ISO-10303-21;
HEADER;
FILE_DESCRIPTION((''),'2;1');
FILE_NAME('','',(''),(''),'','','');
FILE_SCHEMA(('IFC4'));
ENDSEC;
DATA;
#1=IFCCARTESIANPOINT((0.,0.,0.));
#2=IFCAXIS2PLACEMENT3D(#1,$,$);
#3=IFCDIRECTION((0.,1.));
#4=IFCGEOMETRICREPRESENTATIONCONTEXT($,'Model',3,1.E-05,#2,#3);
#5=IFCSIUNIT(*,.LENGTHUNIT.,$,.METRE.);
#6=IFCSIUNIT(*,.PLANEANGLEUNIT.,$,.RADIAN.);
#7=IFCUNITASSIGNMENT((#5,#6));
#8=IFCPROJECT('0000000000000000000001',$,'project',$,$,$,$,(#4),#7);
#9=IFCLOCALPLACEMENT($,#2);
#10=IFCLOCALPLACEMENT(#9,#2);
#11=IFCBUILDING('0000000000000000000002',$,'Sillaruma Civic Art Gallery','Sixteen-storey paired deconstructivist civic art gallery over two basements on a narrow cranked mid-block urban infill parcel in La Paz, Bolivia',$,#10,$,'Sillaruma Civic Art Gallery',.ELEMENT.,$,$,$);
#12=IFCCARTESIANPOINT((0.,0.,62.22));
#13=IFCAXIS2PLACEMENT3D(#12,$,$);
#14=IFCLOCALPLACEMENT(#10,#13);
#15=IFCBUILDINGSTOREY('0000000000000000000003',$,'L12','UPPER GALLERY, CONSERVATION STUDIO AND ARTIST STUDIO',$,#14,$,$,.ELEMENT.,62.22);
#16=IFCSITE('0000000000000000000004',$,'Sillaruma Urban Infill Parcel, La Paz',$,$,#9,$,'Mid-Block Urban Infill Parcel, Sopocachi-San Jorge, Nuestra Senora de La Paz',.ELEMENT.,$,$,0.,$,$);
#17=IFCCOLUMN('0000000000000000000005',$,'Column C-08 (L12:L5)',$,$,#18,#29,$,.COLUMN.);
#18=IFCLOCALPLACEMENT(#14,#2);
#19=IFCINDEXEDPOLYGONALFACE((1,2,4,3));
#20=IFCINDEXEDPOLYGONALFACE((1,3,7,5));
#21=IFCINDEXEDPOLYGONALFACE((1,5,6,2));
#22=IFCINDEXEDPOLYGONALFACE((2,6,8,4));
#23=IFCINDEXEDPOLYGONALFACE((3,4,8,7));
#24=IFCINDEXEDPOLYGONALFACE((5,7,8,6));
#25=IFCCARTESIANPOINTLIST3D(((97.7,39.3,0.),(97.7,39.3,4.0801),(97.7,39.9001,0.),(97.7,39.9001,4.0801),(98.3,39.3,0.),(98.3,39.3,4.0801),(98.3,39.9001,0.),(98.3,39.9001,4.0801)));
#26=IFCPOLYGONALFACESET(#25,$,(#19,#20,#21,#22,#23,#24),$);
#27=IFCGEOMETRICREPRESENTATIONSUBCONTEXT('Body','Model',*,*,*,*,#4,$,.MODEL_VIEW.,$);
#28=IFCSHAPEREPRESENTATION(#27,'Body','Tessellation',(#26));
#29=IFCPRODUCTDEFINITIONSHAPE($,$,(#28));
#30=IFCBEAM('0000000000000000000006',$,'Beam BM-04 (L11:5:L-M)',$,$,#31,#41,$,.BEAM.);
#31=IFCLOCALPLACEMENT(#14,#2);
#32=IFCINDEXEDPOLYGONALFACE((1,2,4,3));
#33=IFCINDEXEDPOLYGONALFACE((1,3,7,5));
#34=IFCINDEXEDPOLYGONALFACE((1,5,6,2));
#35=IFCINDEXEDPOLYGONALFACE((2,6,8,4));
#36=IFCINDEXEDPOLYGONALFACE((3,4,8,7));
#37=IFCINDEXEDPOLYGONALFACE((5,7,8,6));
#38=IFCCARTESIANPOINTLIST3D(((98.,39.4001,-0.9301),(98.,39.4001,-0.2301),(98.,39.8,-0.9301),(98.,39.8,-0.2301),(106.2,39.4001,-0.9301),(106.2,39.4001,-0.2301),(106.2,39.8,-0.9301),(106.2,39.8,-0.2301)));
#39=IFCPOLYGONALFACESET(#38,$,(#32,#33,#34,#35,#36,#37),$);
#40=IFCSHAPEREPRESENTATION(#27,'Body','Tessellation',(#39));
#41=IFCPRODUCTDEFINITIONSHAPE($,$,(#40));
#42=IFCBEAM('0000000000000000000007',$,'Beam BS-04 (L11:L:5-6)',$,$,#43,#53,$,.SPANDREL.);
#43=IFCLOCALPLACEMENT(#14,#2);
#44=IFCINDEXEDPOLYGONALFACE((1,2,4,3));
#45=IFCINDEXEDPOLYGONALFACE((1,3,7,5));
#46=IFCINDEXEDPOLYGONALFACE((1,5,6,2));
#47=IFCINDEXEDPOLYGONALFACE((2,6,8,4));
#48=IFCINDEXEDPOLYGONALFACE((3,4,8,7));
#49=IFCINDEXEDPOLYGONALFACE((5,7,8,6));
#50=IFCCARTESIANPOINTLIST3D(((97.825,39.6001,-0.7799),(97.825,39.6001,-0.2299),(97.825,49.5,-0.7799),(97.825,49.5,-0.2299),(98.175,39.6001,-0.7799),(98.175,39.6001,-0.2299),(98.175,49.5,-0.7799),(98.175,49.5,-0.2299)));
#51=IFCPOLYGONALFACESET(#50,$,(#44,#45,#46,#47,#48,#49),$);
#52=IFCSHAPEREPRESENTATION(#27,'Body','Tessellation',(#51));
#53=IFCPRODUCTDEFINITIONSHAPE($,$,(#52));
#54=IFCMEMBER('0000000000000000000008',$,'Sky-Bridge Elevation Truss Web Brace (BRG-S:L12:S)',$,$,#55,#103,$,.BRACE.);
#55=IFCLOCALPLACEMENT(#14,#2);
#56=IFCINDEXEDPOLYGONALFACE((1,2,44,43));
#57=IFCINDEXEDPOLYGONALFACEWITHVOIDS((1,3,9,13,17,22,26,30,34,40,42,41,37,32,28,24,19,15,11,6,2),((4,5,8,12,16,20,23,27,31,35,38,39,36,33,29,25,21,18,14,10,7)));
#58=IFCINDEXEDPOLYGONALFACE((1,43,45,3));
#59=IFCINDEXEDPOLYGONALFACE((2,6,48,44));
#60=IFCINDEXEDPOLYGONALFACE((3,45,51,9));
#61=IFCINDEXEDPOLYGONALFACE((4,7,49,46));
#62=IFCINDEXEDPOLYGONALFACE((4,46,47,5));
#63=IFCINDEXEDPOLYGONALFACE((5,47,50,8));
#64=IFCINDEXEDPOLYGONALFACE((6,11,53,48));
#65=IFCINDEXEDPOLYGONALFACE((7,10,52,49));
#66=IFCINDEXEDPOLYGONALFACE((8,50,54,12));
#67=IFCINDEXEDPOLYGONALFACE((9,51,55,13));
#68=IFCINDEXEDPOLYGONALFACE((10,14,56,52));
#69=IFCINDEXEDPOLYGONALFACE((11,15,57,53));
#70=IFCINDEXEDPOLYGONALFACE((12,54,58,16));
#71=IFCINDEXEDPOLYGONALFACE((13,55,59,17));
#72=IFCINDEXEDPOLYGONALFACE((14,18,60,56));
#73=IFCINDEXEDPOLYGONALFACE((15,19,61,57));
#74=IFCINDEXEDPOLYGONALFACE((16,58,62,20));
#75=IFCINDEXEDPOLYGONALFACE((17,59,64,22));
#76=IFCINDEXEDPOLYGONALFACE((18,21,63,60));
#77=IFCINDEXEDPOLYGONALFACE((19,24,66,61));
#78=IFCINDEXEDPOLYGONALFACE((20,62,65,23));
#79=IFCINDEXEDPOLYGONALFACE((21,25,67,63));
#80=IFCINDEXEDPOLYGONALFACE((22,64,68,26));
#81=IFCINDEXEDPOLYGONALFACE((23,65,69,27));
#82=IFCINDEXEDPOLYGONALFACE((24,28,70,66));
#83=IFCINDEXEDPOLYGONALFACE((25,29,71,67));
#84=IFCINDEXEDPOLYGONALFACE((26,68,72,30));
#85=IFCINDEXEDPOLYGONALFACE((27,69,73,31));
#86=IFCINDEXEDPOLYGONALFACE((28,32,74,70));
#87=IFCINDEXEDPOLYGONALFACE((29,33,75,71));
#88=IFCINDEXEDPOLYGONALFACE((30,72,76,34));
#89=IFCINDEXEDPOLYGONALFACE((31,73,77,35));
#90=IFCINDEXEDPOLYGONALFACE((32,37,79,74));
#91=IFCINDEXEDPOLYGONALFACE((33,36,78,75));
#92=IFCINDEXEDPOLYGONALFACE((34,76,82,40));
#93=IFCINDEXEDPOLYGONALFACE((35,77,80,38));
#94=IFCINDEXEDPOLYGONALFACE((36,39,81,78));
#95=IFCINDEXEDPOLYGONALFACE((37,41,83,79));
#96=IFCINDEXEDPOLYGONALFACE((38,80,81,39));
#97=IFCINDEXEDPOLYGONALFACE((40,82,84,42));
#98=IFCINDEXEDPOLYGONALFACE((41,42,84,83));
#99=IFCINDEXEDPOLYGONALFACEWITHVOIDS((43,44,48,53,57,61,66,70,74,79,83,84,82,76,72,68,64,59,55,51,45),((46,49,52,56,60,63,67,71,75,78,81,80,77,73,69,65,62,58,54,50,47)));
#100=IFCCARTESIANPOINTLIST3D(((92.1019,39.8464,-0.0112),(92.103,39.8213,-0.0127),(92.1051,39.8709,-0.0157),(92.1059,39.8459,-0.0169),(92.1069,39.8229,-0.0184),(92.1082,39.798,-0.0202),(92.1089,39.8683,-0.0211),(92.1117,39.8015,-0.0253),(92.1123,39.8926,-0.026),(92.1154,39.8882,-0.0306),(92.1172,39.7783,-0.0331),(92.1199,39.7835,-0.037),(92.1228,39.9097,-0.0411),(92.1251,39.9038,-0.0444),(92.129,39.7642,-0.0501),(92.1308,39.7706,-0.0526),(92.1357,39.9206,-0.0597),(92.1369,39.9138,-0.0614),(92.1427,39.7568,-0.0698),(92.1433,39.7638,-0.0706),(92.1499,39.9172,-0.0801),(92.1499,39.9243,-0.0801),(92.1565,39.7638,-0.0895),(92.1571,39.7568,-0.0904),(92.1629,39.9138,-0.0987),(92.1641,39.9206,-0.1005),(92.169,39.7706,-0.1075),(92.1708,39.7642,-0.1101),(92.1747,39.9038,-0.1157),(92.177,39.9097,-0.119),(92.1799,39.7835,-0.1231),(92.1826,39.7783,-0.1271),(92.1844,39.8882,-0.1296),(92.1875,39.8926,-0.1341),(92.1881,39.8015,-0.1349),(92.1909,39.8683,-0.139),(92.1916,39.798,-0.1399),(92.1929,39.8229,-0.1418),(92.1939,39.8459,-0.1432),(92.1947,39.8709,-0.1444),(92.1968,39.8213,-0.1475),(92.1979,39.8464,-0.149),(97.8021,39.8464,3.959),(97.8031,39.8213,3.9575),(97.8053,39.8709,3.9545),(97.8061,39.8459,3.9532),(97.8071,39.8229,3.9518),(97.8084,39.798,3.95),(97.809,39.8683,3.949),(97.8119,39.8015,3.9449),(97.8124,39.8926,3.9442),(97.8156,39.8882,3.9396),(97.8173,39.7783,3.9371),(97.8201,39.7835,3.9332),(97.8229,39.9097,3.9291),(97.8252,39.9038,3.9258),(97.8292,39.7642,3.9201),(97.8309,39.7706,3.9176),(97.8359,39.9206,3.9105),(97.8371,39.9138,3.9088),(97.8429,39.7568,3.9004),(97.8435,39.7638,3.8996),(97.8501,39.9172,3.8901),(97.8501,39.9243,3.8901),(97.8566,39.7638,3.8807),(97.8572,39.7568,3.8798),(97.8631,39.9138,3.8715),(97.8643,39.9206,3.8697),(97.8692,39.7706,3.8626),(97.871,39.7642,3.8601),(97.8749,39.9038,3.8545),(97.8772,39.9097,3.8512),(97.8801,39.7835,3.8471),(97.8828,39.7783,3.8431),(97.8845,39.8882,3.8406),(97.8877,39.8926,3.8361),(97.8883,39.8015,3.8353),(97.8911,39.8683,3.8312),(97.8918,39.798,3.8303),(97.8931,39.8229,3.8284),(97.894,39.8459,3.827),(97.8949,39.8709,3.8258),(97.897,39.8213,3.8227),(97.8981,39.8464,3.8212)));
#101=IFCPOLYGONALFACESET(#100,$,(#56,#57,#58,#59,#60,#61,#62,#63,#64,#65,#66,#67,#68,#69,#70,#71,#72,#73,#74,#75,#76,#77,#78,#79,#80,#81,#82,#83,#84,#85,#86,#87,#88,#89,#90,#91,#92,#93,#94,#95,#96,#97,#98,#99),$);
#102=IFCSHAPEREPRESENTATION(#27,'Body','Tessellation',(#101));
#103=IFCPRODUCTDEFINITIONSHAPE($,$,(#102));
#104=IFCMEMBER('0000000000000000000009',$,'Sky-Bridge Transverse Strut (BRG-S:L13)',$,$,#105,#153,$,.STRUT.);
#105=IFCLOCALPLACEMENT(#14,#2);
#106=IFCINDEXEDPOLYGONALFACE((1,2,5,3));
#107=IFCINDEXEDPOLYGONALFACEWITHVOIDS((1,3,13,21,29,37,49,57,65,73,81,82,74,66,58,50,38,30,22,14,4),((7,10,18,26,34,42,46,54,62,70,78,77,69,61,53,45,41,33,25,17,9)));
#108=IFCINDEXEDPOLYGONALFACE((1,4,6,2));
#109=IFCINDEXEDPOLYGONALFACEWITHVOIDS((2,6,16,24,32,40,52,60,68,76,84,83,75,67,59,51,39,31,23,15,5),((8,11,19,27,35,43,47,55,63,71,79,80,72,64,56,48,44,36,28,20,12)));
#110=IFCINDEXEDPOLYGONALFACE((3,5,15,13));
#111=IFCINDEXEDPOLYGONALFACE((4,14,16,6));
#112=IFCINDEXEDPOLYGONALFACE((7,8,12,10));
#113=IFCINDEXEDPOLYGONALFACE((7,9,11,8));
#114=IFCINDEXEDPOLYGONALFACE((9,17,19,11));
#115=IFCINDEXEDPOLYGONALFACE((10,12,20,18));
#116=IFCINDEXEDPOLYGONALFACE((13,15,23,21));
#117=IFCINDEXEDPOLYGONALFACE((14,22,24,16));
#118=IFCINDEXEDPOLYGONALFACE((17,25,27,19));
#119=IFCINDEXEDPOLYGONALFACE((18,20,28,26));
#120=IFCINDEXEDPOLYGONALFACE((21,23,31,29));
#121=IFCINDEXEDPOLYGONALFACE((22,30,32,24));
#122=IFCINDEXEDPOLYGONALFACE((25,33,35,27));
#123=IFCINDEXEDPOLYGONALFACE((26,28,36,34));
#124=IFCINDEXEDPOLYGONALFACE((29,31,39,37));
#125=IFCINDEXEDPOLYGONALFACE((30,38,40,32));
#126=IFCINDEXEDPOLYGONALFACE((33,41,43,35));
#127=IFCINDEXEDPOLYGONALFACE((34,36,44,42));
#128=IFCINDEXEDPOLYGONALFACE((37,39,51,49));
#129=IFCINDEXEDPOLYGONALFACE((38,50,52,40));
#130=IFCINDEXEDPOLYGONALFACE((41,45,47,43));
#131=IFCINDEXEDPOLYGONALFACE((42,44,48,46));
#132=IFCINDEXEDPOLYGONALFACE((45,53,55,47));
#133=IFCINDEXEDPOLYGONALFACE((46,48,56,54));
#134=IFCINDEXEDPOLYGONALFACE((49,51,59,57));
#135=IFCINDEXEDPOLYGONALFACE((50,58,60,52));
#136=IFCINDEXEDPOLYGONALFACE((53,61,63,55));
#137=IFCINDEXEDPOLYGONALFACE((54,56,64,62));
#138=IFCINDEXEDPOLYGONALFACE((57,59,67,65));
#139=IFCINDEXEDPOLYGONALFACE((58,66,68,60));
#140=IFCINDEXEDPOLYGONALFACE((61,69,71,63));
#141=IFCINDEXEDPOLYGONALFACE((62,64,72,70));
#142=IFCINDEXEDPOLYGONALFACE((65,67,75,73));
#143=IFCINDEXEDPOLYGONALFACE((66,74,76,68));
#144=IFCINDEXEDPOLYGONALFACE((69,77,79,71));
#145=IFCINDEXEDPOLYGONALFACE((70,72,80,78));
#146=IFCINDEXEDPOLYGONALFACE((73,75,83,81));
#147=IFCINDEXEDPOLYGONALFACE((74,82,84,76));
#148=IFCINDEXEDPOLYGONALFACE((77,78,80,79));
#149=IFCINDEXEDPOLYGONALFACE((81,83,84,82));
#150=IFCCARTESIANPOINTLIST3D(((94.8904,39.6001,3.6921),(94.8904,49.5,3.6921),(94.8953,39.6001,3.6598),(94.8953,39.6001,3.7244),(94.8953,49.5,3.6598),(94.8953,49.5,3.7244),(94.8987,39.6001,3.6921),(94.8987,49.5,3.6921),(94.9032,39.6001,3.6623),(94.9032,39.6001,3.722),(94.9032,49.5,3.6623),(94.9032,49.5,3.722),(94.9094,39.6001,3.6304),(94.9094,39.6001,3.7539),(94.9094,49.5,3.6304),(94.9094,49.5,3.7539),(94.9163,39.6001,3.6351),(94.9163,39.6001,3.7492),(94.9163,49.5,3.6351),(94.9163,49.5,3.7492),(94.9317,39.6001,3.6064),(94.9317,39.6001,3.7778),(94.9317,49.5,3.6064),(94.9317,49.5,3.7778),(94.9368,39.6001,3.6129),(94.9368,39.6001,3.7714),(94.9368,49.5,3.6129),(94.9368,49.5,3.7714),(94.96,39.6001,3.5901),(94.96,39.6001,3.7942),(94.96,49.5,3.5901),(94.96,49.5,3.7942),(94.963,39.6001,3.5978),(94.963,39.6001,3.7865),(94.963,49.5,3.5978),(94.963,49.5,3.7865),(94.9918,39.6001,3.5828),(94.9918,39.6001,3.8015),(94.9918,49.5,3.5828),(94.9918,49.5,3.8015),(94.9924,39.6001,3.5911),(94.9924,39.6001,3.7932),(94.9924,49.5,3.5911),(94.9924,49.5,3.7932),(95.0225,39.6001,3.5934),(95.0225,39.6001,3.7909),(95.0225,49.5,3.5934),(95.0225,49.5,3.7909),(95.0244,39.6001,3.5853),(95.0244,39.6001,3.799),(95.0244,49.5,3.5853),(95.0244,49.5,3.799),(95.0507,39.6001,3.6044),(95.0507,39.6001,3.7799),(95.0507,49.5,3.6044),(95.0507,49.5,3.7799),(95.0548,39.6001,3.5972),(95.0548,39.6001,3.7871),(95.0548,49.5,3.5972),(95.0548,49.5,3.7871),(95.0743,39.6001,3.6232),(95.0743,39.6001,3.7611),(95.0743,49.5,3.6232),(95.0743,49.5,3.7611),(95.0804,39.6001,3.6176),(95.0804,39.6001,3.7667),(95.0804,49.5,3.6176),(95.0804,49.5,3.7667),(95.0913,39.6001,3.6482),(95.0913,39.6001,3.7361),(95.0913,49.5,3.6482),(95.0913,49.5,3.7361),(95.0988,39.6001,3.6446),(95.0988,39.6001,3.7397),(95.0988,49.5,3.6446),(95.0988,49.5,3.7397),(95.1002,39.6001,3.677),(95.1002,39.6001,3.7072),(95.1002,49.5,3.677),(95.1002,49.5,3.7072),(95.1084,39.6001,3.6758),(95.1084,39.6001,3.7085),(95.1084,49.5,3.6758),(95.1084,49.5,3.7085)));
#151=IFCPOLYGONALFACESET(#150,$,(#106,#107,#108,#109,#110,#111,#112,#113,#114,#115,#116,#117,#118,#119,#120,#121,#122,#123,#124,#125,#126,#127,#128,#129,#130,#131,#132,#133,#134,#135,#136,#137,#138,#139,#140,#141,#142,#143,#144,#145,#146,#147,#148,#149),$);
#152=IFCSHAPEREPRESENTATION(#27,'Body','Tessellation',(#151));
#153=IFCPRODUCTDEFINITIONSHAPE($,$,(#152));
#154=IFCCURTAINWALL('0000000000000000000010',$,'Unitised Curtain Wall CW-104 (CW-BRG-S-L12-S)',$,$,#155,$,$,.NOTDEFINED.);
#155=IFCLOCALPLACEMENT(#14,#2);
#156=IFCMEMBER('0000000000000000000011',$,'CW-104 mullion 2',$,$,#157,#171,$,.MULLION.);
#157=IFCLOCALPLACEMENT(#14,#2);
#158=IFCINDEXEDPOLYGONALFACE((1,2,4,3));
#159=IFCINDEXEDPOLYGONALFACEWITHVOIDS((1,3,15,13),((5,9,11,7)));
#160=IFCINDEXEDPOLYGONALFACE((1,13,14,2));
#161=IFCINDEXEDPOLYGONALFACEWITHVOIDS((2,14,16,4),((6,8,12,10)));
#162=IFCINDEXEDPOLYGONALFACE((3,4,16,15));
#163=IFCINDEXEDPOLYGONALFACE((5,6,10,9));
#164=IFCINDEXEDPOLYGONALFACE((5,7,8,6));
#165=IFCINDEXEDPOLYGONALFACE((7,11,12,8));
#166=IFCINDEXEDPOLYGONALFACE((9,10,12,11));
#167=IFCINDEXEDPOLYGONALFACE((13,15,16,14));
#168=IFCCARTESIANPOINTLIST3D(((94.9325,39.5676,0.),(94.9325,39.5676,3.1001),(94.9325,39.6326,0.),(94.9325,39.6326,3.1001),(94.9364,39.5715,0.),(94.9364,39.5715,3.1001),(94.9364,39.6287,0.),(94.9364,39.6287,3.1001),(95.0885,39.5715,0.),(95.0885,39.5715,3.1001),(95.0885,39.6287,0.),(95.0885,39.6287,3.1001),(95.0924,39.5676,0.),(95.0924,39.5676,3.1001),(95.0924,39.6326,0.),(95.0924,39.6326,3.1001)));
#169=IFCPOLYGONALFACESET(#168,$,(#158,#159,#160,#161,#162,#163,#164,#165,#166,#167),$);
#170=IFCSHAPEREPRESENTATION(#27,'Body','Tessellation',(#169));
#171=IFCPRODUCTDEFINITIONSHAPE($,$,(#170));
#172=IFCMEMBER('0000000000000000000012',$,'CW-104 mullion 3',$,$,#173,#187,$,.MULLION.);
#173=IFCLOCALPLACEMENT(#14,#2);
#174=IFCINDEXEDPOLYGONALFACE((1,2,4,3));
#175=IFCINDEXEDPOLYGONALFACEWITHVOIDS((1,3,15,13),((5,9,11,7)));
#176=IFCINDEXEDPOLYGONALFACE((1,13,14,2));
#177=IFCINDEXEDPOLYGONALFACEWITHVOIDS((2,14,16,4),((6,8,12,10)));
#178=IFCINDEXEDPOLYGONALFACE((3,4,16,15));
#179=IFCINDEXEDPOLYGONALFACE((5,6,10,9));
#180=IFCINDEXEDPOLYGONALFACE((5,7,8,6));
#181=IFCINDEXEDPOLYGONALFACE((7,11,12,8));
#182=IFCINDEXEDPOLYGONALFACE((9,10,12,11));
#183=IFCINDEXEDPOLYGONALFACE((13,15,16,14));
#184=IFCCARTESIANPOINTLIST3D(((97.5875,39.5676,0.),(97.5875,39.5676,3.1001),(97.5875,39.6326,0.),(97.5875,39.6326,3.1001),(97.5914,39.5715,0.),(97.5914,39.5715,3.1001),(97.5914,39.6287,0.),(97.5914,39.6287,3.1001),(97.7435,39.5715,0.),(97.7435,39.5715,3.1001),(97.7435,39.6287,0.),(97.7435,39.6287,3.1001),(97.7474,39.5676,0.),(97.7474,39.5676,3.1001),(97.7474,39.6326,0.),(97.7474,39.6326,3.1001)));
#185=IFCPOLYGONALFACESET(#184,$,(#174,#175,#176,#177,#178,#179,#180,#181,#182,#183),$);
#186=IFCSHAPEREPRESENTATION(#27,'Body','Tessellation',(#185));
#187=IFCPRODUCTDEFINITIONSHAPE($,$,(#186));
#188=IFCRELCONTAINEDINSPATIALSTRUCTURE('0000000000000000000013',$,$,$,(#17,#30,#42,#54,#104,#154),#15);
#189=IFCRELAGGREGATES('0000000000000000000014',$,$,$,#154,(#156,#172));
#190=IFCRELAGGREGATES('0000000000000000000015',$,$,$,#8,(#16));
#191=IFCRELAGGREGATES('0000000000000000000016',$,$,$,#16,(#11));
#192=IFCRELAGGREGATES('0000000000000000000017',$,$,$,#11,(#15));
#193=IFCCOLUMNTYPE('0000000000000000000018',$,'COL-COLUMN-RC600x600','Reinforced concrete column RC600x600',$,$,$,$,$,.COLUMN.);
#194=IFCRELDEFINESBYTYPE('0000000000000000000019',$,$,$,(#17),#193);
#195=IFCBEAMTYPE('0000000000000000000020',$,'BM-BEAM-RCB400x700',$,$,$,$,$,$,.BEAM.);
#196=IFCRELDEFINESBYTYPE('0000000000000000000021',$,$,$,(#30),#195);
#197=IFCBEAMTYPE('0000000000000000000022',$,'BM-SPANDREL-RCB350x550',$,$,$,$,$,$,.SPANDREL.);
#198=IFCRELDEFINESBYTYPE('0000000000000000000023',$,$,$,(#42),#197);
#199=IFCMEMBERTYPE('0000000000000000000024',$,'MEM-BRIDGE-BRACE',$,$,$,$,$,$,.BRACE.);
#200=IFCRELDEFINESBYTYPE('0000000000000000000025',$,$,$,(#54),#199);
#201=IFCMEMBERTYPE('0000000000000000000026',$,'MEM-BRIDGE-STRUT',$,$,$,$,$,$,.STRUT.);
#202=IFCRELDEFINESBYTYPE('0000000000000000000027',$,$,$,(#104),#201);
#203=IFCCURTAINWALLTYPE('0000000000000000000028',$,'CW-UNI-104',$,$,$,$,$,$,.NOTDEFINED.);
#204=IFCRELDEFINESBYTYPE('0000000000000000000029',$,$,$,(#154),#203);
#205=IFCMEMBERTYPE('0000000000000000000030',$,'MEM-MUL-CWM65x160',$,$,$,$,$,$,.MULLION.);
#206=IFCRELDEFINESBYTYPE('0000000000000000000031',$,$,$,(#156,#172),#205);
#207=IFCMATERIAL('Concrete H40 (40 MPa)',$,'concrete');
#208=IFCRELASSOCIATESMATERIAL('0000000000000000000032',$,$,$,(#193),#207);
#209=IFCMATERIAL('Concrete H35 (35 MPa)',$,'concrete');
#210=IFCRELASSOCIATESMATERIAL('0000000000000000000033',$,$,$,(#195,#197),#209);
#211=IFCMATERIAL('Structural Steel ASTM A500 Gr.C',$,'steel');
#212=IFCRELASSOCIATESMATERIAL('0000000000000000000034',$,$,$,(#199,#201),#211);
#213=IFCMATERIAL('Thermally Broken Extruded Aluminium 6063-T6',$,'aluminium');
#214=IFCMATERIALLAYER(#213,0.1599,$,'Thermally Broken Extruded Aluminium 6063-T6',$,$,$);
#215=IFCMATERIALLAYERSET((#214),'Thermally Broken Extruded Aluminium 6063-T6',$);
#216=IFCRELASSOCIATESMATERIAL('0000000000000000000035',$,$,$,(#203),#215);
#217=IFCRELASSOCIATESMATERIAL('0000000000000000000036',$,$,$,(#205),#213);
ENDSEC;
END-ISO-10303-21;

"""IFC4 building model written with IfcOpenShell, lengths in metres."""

from ifc_helpers import new_model, si_unit, direction, frame, origin, origin_2d, place, context, subcontext, project, spatial, rectangle, hollow_rectangle, hollow_circle, extrude, material, layer, layer_set, material_profile, profile_set, type_object, element, aggregate, save


model = new_model("IFC4")

# Units and contexts
model_context = context("Model", 3, precision=1e-05, world=origin(), true_north=direction((0.0, 1.0)))
body_context = subcontext(model_context, "Body", "Model", "MODEL_VIEW")
ifc_project = project(units=[si_unit("LENGTHUNIT", "METRE"), si_unit("PLANEANGLEUNIT", "RADIAN")], contexts=[model_context])

# Site, building, storey
site_placement = place(None, origin())
site = spatial("IfcSite", under=ifc_project, at=site_placement, Name="Sillaruma Urban Infill Parcel, La Paz", LongName="Mid-Block Urban Infill Parcel, Sopocachi-San Jorge, Nuestra Senora de La Paz", CompositionType="ELEMENT", RefElevation=0.0)
building_placement = place(site_placement, origin())
building = spatial("IfcBuilding", under=site, at=building_placement, Name="Sillaruma Civic Art Gallery", Description="Sixteen-storey paired deconstructivist civic art gallery over two basements on a narrow cranked mid-block urban infill parcel in La Paz, Bolivia", LongName="Sillaruma Civic Art Gallery", CompositionType="ELEMENT")
storey_placement = place(building_placement, frame((0.0, 0.0, 62.22)))
storey = spatial("IfcBuildingStorey", under=building, at=storey_placement, Name="L12", Description="UPPER GALLERY, CONSERVATION STUDIO AND ARTIST STUDIO", CompositionType="ELEMENT", Elevation=62.22)

# Column
ifc_material_1 = material(Name="Concrete H40 (40 MPa)", Category="concrete")
ifc_material_profile_1 = material_profile(ifc_material_1, rectangle(XDim=0.6001, YDim=0.6001, at=origin_2d()), Name="RC600x600")
ifc_profile_set_1 = profile_set([ifc_material_profile_1], Name="Concrete H40 (40 MPa)")
column_type = type_object("IfcColumnType", Name="COL-COLUMN-RC600x600", Description="Reinforced concrete column RC600x600", PredefinedType="COLUMN", material=ifc_profile_set_1)
column_placement = place(storey_placement, frame((98.0, 39.6001, 0.0), z_axis=(0.0, 0.0, 1.0), x_axis=(1.0, 0.0, 0.0)))
element("IfcColumn", 1, at=column_placement, inside=storey, type_object=column_type, Name="Column C-08 (L12:L5)", PredefinedType="COLUMN", context=body_context, shape_type="SweptSolid", body=[
    extrude(rectangle(XDim=0.6001, YDim=0.6001, at=origin_2d()), origin(), (0.0, 0.0, 1.0), 4.0801),
])

# Beams
ifc_material_2 = material(Name="Concrete H35 (35 MPa)", Category="concrete")
ifc_material_profile_2 = material_profile(ifc_material_2, rectangle(XDim=0.3999, YDim=0.7, at=origin_2d()), Name="RCB400x700")
ifc_profile_set_2 = profile_set([ifc_material_profile_2], Name="Concrete H35 (35 MPa)")
beam_type_1 = type_object("IfcBeamType", Name="BM-BEAM-RCB400x700", PredefinedType="BEAM", material=ifc_profile_set_2)
beam_1_placement = place(storey_placement, frame((98.0, 39.6001, -0.5801), z_axis=(1.0, 0.0, 0.0), x_axis=(0.0, 1.0, 0.0)))
element("IfcBeam", 2, at=beam_1_placement, inside=storey, type_object=beam_type_1, Name="Beam BM-04 (L11:5:L-M)", PredefinedType="BEAM", context=body_context, shape_type="SweptSolid", body=[
    extrude(rectangle(XDim=0.3999, YDim=0.7, at=origin_2d()), origin(), (0.0, 0.0, 1.0), 8.2),
])
ifc_material_profile_3 = material_profile(ifc_material_2, rectangle(XDim=0.3501, YDim=0.55, at=origin_2d()), Name="RCB350x550")
ifc_profile_set_3 = profile_set([ifc_material_profile_3], Name="Concrete H35 (35 MPa)")
beam_type_2 = type_object("IfcBeamType", Name="BM-SPANDREL-RCB350x550", PredefinedType="SPANDREL", material=ifc_profile_set_3)
beam_2_placement = place(storey_placement, frame((98.0, 39.6001, -0.5049), z_axis=(0.0, 1.0, 0.0), x_axis=(-1.0, 0.0, 0.0)))
element("IfcBeam", 3, at=beam_2_placement, inside=storey, type_object=beam_type_2, Name="Beam BS-04 (L11:L:5-6)", PredefinedType="SPANDREL", context=body_context, shape_type="SweptSolid", body=[
    extrude(rectangle(XDim=0.3501, YDim=0.55, at=origin_2d()), origin(), (0.0, 0.0, 1.0), 9.8999),
])

# Members
ifc_material_3 = material(Name="Structural Steel ASTM A500 Gr.C", Category="steel")
ifc_material_profile_4 = material_profile(ifc_material_3, hollow_circle(Radius=0.0842, WallThickness=0.0071, at=origin_2d()), Name="CHS168.3x7.1")
ifc_profile_set_4 = profile_set([ifc_material_profile_4], Name="Structural Steel ASTM A500 Gr.C")
member_type_1 = type_object("IfcMemberType", Name="MEM-BRIDGE-BRACE", PredefinedType="BRACE", material=ifc_profile_set_4)
member_1_placement = place(storey_placement, frame((92.1499, 39.8401, -0.0801), z_axis=(0.820577, 0.0, 0.571536), x_axis=(0.0, 1.0, 0.0)))
element("IfcMember", 4, at=member_1_placement, inside=storey, type_object=member_type_1, Name="Sky-Bridge Elevation Truss Web Brace (BRG-S:L12:S)", PredefinedType="BRACE", context=body_context, shape_type="SweptSolid", body=[
    extrude(hollow_circle(Radius=0.0842, WallThickness=0.0071, at=origin_2d()), origin(), (0.0, 0.0, 1.0), 6.9465),
])
ifc_material_profile_5 = material_profile(ifc_material_3, hollow_circle(Radius=0.1096, WallThickness=0.0083, at=origin_2d()), Name="CHS219.1x8.2")
ifc_profile_set_5 = profile_set([ifc_material_profile_5], Name="Structural Steel ASTM A500 Gr.C")
member_type_2 = type_object("IfcMemberType", Name="MEM-BRIDGE-STRUT", PredefinedType="STRUT", material=ifc_profile_set_5)
member_2_placement = place(storey_placement, frame((95.0, 39.6001, 3.6921), z_axis=(0.0, 1.0, 0.0), x_axis=(-1.0, 0.0, 0.0)))
element("IfcMember", 5, at=member_2_placement, inside=storey, type_object=member_type_2, Name="Sky-Bridge Transverse Strut (BRG-S:L13)", PredefinedType="STRUT", context=body_context, shape_type="SweptSolid", body=[
    extrude(hollow_circle(Radius=0.1096, WallThickness=0.0083, at=origin_2d()), origin(), (0.0, 0.0, 1.0), 9.8999),
])

# Curtain wall, members
ifc_material_4 = material(Name="Thermally Broken Extruded Aluminium 6063-T6", Category="aluminium")
ifc_layer_1 = layer(ifc_material_4, 0.1599, Name="Thermally Broken Extruded Aluminium 6063-T6")
ifc_layer_set_1 = layer_set([ifc_layer_1], Name="Thermally Broken Extruded Aluminium 6063-T6")
curtain_wall_type = type_object("IfcCurtainWallType", Name="CW-UNI-104", PredefinedType="NOTDEFINED", material=ifc_layer_set_1)
curtain_wall_placement = place(storey_placement, origin())
curtain_wall = element("IfcCurtainWall", 6, at=curtain_wall_placement, inside=storey, type_object=curtain_wall_type, Name="Unitised Curtain Wall CW-104 (CW-BRG-S-L12-S)", PredefinedType="NOTDEFINED")
ifc_material_profile_6 = material_profile(ifc_material_4, hollow_rectangle(XDim=0.0649, YDim=0.1599, WallThickness=0.0039, at=origin_2d()), Name="CWM65x160")
ifc_profile_set_6 = profile_set([ifc_material_profile_6], Name="Thermally Broken Extruded Aluminium 6063-T6")
member_type_3 = type_object("IfcMemberType", Name="MEM-MUL-CWM65x160", PredefinedType="MULLION", material=ifc_profile_set_6)
member_3_placement = place(storey_placement, frame((95.0125, 39.6001, 0.0), z_axis=(0.0, 0.0, 1.0), x_axis=(0.0, 1.0, 0.0)))
member_3 = element("IfcMember", 7, at=member_3_placement, type_object=member_type_3, Name="CW-104 mullion 2", PredefinedType="MULLION", context=body_context, shape_type="SweptSolid", body=[
    extrude(hollow_rectangle(XDim=0.0649, YDim=0.1599, WallThickness=0.0039, at=origin_2d()), origin(), (0.0, 0.0, 1.0), 3.1001),
])
member_4_placement = place(storey_placement, frame((97.6675, 39.6001, 0.0), z_axis=(0.0, 0.0, 1.0), x_axis=(0.0, 1.0, 0.0)))
member_4 = element("IfcMember", 8, at=member_4_placement, type_object=member_type_3, Name="CW-104 mullion 3", PredefinedType="MULLION", context=body_context, shape_type="SweptSolid", body=[
    extrude(hollow_rectangle(XDim=0.0649, YDim=0.1599, WallThickness=0.0039, at=origin_2d()), origin(), (0.0, 0.0, 1.0), 3.1001),
])

aggregate(curtain_wall, [member_3, member_4])

save(model, "model.ifc")
